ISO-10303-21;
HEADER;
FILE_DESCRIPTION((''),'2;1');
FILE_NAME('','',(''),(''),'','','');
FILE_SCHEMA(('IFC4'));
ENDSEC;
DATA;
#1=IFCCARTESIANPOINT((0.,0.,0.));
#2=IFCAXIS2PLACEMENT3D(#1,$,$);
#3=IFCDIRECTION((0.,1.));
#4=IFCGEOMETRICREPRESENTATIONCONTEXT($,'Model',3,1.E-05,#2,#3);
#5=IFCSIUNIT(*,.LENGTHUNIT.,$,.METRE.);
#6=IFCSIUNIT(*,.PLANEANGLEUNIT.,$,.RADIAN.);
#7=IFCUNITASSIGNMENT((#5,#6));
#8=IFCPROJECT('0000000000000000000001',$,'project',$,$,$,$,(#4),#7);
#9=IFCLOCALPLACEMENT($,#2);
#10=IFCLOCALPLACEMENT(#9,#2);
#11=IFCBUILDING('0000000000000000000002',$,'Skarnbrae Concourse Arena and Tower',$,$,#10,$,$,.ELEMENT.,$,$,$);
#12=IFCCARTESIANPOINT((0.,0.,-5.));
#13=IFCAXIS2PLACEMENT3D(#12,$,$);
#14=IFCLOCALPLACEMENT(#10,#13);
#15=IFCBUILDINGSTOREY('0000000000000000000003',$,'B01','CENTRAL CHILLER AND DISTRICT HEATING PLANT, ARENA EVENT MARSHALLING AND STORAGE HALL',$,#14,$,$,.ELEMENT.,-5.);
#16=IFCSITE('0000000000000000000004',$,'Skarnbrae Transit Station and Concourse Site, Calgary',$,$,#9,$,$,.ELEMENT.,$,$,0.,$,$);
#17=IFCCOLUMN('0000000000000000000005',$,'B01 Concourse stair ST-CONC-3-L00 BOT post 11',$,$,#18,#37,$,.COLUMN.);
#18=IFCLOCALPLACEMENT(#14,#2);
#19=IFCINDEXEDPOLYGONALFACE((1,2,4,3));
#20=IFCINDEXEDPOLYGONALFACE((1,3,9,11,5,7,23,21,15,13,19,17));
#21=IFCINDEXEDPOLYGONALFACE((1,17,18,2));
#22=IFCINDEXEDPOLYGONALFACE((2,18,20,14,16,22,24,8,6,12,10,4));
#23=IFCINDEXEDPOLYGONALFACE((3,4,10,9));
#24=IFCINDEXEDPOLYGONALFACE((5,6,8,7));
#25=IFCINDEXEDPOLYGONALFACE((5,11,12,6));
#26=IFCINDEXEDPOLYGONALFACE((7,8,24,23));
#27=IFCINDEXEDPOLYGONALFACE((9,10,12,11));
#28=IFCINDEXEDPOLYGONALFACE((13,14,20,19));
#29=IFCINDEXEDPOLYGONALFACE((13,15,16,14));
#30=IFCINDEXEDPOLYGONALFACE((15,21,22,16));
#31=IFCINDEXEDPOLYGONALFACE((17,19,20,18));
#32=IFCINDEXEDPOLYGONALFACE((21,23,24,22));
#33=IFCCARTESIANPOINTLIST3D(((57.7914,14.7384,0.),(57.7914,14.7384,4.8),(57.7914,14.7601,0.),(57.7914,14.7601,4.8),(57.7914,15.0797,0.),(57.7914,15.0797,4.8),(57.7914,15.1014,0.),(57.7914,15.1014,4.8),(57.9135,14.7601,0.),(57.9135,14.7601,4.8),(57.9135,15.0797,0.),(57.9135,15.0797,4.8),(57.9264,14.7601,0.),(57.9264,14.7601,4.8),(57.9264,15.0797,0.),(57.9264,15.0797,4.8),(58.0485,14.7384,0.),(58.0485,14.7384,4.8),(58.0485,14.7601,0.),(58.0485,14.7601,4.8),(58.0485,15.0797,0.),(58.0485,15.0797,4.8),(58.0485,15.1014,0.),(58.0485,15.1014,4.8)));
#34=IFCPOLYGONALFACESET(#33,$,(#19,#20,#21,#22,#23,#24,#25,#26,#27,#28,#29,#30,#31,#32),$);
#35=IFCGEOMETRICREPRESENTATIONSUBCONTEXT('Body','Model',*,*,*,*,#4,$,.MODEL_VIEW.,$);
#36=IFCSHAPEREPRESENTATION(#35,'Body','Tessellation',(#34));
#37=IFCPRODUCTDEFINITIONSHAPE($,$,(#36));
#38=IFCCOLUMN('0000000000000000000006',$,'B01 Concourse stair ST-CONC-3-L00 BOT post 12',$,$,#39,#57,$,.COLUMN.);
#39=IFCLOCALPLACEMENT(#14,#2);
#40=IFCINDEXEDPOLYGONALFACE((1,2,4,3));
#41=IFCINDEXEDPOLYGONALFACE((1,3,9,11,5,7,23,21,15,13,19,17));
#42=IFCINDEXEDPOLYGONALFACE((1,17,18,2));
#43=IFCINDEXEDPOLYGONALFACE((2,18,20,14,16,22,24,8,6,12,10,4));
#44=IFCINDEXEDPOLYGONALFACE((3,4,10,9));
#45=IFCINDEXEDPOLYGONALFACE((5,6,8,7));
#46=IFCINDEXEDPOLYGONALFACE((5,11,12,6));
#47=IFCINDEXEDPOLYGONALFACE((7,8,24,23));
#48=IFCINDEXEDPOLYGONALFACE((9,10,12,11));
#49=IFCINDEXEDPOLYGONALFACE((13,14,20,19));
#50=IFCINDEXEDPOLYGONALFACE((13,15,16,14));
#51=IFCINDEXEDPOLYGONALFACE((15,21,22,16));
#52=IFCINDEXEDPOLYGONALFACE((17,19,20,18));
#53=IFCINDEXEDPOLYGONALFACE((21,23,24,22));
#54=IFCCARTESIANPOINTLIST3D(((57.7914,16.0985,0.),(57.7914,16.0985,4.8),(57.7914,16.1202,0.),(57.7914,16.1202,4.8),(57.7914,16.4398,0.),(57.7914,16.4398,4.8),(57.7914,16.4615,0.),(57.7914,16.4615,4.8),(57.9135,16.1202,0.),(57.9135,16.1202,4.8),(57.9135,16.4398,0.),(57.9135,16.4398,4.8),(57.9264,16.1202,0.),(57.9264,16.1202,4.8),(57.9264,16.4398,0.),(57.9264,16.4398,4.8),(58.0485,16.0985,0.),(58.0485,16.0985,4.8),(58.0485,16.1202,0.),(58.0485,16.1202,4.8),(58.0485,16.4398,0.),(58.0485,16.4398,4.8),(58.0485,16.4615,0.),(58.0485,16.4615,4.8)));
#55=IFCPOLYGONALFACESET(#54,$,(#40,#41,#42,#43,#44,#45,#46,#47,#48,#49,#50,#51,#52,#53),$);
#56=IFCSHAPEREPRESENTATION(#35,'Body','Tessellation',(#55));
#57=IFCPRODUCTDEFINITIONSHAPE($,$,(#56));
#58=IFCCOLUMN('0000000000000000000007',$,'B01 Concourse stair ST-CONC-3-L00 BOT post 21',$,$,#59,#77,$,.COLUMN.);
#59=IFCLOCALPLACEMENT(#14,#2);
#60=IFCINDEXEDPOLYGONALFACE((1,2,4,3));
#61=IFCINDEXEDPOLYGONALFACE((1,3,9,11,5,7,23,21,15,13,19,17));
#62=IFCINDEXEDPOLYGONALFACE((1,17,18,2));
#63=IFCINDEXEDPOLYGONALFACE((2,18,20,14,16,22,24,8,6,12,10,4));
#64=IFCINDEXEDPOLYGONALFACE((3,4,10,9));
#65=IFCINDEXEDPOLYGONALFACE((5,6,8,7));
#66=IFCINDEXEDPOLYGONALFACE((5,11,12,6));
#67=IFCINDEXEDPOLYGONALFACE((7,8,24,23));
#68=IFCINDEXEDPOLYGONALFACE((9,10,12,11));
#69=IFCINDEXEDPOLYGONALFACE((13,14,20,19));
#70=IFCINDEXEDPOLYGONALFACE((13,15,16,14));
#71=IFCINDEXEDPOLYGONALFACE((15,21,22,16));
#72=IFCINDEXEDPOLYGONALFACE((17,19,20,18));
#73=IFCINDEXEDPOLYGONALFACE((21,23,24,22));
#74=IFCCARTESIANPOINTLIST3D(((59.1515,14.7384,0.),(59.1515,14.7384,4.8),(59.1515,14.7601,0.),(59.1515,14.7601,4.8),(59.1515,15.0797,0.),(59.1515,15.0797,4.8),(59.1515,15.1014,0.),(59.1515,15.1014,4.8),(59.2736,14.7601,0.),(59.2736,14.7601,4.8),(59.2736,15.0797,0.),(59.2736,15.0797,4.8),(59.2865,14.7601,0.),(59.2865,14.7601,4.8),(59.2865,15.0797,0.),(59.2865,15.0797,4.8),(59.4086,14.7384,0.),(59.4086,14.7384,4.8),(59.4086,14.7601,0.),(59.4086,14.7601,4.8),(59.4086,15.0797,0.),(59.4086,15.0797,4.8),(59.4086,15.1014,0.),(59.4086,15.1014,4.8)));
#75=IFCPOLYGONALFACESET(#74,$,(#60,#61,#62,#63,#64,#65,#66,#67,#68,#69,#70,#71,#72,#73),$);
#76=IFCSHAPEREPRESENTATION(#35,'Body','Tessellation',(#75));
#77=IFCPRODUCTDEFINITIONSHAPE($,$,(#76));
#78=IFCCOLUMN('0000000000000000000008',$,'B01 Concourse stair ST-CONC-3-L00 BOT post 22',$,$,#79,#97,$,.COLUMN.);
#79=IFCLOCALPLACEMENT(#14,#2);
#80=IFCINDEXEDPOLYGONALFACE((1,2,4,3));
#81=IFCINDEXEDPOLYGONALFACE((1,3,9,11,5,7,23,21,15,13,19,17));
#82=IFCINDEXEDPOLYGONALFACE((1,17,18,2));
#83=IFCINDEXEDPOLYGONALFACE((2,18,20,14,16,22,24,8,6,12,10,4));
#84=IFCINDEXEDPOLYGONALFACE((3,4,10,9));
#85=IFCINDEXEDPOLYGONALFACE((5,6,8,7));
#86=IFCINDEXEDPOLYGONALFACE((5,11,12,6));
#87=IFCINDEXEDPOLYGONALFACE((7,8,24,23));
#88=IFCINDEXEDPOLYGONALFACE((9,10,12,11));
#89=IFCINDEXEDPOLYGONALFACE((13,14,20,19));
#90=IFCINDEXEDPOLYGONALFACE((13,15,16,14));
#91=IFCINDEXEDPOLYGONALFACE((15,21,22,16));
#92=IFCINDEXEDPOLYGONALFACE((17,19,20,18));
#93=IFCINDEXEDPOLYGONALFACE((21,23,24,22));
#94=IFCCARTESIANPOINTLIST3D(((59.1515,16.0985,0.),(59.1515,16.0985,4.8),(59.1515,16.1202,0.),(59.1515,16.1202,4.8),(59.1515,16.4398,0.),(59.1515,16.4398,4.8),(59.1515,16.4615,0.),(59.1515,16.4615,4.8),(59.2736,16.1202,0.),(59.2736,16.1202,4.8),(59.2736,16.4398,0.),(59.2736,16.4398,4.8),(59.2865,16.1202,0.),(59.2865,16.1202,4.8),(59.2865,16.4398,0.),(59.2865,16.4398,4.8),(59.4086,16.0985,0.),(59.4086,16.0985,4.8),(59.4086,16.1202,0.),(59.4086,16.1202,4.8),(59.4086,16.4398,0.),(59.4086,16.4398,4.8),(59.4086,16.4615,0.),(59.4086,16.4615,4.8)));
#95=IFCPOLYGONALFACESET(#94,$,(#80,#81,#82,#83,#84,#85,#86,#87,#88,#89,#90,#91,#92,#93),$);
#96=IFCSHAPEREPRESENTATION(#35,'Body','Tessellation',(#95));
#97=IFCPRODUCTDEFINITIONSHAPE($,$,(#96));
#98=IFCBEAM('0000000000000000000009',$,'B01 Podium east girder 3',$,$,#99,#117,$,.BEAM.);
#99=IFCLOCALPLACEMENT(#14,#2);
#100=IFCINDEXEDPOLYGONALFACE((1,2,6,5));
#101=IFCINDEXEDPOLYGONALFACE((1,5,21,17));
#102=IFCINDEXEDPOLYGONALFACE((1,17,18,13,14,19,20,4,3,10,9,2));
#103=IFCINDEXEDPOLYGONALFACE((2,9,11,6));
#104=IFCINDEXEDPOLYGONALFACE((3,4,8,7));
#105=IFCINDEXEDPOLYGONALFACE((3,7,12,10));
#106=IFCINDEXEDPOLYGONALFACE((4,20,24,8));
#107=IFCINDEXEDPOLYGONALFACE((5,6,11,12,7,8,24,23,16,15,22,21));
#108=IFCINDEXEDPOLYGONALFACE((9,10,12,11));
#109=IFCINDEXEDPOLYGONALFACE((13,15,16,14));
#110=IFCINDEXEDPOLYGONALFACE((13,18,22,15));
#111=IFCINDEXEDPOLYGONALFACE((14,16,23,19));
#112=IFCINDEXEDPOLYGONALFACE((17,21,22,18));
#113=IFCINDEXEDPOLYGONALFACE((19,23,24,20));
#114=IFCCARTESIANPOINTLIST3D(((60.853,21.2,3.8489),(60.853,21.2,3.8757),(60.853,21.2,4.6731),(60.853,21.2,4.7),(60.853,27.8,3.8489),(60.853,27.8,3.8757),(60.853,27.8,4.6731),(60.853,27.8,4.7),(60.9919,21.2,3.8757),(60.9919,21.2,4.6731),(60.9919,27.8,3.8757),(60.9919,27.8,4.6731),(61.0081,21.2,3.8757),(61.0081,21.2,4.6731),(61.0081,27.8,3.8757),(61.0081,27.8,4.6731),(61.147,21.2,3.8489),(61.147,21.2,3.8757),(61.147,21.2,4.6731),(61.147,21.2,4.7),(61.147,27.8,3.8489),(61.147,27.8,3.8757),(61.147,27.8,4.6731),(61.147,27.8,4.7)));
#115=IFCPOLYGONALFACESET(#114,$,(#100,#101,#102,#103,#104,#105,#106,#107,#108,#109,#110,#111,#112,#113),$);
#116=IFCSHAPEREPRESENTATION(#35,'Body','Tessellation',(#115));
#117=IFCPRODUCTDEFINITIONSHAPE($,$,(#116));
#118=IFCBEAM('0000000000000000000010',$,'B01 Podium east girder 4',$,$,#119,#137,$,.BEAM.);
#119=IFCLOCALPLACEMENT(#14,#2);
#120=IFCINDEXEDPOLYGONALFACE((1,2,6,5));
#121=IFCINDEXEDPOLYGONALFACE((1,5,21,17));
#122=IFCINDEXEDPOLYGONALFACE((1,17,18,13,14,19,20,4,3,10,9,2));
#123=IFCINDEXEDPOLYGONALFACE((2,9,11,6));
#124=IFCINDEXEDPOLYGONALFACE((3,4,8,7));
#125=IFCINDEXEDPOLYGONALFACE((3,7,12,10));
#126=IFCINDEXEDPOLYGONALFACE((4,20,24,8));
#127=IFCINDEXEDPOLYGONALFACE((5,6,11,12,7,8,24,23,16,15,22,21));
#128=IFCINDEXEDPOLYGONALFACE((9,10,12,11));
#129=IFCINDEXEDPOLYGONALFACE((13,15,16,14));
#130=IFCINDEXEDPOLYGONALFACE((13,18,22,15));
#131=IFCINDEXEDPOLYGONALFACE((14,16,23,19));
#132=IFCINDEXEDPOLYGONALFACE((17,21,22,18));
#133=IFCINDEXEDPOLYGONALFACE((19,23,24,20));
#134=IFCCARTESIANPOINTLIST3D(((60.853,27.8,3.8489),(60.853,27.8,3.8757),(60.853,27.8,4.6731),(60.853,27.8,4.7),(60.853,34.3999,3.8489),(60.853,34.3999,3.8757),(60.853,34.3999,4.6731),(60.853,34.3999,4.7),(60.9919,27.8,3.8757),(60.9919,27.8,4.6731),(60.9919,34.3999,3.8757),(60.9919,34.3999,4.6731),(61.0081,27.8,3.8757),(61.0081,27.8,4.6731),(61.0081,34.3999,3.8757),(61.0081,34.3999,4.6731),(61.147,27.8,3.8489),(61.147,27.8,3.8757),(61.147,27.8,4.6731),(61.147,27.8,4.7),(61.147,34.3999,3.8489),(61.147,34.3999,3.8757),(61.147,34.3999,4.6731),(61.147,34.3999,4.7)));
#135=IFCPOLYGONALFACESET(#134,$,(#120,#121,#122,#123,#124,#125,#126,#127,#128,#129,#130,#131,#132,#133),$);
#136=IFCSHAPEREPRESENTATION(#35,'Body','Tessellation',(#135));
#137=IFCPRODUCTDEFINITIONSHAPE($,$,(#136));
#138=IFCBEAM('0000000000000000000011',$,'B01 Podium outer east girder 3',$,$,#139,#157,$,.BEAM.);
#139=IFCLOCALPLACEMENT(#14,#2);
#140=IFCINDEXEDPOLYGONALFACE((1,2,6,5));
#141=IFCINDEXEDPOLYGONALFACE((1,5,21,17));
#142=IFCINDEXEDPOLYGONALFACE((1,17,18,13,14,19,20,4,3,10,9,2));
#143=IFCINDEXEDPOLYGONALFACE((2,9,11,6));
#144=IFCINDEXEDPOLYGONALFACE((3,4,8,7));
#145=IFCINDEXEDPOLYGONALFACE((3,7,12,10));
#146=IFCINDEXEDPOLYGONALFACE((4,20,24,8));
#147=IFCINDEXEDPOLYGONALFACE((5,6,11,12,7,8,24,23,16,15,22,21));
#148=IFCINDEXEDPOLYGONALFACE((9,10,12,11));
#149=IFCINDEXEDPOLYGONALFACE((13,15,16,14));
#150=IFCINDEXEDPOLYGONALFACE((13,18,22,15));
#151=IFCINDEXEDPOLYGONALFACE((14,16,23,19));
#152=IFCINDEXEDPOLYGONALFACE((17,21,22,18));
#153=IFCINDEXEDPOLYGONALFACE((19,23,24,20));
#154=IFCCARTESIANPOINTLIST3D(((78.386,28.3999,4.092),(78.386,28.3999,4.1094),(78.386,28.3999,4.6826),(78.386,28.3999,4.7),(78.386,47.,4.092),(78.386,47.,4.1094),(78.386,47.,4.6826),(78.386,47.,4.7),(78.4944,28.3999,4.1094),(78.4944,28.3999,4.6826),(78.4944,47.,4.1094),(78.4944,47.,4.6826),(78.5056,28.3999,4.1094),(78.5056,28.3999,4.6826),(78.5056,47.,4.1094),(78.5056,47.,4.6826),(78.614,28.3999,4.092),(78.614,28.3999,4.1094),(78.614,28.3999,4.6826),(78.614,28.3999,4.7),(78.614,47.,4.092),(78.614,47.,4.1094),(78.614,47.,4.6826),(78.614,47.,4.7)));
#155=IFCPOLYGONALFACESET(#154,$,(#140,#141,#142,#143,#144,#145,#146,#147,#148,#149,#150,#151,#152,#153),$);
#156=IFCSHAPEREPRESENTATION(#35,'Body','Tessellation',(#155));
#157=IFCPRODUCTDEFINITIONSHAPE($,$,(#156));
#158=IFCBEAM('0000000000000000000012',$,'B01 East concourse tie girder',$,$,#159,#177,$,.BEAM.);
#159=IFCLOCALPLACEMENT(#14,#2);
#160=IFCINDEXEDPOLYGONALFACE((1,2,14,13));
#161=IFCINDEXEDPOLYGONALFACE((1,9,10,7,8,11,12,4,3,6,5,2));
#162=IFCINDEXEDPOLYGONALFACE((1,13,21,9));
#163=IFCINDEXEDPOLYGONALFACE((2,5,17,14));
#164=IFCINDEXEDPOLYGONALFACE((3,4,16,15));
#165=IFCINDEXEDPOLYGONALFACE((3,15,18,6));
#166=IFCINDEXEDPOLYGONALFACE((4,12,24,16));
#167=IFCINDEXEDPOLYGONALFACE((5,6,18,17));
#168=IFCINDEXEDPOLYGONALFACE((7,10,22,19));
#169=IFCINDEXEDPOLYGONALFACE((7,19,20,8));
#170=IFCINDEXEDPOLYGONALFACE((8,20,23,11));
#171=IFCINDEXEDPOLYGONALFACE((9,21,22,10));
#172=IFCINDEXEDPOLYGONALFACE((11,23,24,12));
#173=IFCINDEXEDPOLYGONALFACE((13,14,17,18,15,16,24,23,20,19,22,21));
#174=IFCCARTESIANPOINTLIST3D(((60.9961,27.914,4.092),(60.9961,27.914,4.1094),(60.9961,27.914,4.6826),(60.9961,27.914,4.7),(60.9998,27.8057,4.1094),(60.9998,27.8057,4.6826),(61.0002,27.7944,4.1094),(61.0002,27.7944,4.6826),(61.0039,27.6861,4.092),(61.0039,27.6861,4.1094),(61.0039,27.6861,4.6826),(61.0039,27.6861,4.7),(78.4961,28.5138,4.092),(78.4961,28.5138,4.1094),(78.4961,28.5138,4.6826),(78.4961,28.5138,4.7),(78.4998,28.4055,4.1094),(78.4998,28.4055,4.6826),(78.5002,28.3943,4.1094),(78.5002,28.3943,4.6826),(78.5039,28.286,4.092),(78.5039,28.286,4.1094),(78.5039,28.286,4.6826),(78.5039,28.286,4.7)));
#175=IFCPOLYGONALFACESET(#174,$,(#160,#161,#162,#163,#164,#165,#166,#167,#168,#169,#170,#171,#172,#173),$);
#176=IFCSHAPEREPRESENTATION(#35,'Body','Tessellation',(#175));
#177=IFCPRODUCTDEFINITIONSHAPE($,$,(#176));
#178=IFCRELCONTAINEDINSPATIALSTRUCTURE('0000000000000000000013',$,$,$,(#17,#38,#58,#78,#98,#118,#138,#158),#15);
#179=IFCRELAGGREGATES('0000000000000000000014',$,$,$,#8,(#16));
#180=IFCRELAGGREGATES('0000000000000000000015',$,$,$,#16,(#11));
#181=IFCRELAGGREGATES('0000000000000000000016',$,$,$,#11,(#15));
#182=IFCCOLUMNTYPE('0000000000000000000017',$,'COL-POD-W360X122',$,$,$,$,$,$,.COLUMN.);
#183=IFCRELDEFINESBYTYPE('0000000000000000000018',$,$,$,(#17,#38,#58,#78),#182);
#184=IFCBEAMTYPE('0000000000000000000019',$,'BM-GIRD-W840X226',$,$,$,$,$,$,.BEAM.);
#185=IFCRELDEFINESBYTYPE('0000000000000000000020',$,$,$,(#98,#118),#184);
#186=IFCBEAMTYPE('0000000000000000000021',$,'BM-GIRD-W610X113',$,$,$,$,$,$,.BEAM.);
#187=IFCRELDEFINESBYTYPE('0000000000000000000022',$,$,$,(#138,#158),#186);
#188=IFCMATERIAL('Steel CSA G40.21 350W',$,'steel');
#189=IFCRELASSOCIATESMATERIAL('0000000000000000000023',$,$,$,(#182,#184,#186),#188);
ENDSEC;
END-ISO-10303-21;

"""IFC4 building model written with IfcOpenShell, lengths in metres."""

from ifc_helpers import new_model, si_unit, direction, frame, origin, origin_2d, place, context, subcontext, project, spatial, i_section, extrude, source, transform, mapped, material, material_profile, profile_set, type_object, element, save


model = new_model("IFC4")

# Units and contexts
model_context = context("Model", 3, precision=1e-05, world=origin(), true_north=direction((0.0, 1.0)))
body_context = subcontext(model_context, "Body", "Model", "MODEL_VIEW")
ifc_project = project(units=[si_unit("LENGTHUNIT", "METRE"), si_unit("PLANEANGLEUNIT", "RADIAN")], contexts=[model_context])

# Site, building, storey
site_placement = place(None, origin())
site = spatial("IfcSite", under=ifc_project, at=site_placement, Name="Skarnbrae Transit Station and Concourse Site, Calgary", CompositionType="ELEMENT", RefElevation=0.0)
building_placement = place(site_placement, origin())
building = spatial("IfcBuilding", under=site, at=building_placement, Name="Skarnbrae Concourse Arena and Tower", CompositionType="ELEMENT")
storey_placement = place(building_placement, frame((0.0, 0.0, -5.0)))
storey = spatial("IfcBuildingStorey", under=building, at=storey_placement, Name="B01", Description="CENTRAL CHILLER AND DISTRICT HEATING PLANT, ARENA EVENT MARSHALLING AND STORAGE HALL", CompositionType="ELEMENT", Elevation=-5.0)

# Columns
ifc_material_1 = material(Name="Steel CSA G40.21 350W", Category="steel")
ifc_material_profile_1 = material_profile(ifc_material_1, i_section(OverallWidth=0.2571, OverallDepth=0.363, WebThickness=0.0129, FlangeThickness=0.0217, at=origin_2d()), Name="W360X122")
ifc_profile_set_1 = profile_set([ifc_material_profile_1], Name="Steel CSA G40.21 350W")
column_type_1 = type_object("IfcColumnType", Name="COL-POD-W360X122", PredefinedType="COLUMN", material=ifc_profile_set_1)
shared_shape_1 = source(origin(), body_context, "Body", "SweptSolid", [
    extrude(i_section(OverallWidth=0.2571, OverallDepth=0.363, WebThickness=0.0129, FlangeThickness=0.0217, at=origin_2d()), origin(), (0.0, 0.0, 1.0), 4.8),
])
for number, where, z_axis, x_axis, name in (
    (1, (57.9199, 14.9199, 0.0), (0.0, 0.0, 1.0), (1.0, 0.0, 0.0), "B01 Concourse stair ST-CONC-3-L00 BOT post 11"),
    (2, (57.9199, 16.28, 0.0), (0.0, 0.0, 1.0), (1.0, 0.0, 0.0), "B01 Concourse stair ST-CONC-3-L00 BOT post 12"),
    (3, (59.28, 14.9199, 0.0), (0.0, 0.0, 1.0), (1.0, 0.0, 0.0), "B01 Concourse stair ST-CONC-3-L00 BOT post 21"),
    (4, (59.28, 16.28, 0.0), (0.0, 0.0, 1.0), (1.0, 0.0, 0.0), "B01 Concourse stair ST-CONC-3-L00 BOT post 22"),
):
    element("IfcColumn", number, at=place(storey_placement, frame(where, z_axis=z_axis, x_axis=x_axis)), inside=storey, type_object=column_type_1, Name=name, PredefinedType="COLUMN", context=body_context, shape_type="MappedRepresentation", body=[
        mapped(shared_shape_1, transform((0.0, 0.0, 0.0))),
    ])

# Beams
ifc_material_profile_2 = material_profile(ifc_material_1, i_section(OverallWidth=0.2939, OverallDepth=0.8511, WebThickness=0.0161, FlangeThickness=0.0269, at=origin_2d()), Name="W840X226")
ifc_profile_set_2 = profile_set([ifc_material_profile_2], Name="Steel CSA G40.21 350W")
beam_type_1 = type_object("IfcBeamType", Name="BM-GIRD-W840X226", PredefinedType="BEAM", material=ifc_profile_set_2)
shared_shape_2 = source(origin(), body_context, "Body", "SweptSolid", [
    extrude(i_section(OverallWidth=0.2939, OverallDepth=0.8511, WebThickness=0.0161, FlangeThickness=0.0269, at=origin_2d()), origin(), (0.0, 0.0, 1.0), 6.6001),
])
beam_1_placement = place(storey_placement, frame((61.0, 21.2, 4.2744), z_axis=(0.0, 1.0, 0.0), x_axis=(-1.0, 0.0, 0.0)))
element("IfcBeam", 5, at=beam_1_placement, inside=storey, type_object=beam_type_1, Name="B01 Podium east girder 3", PredefinedType="BEAM", context=body_context, shape_type="MappedRepresentation", body=[
    mapped(shared_shape_2, transform((0.0, 0.0, 0.0))),
])
shared_shape_3 = source(origin(), body_context, "Body", "SweptSolid", [
    extrude(i_section(OverallWidth=0.2939, OverallDepth=0.8511, WebThickness=0.0161, FlangeThickness=0.0269, at=origin_2d()), origin(), (0.0, 0.0, 1.0), 6.5999),
])
beam_2_placement = place(storey_placement, frame((61.0, 27.8, 4.2744), z_axis=(0.0, 1.0, 0.0), x_axis=(-1.0, 0.0, 0.0)))
element("IfcBeam", 6, at=beam_2_placement, inside=storey, type_object=beam_type_1, Name="B01 Podium east girder 4", PredefinedType="BEAM", context=body_context, shape_type="MappedRepresentation", body=[
    mapped(shared_shape_3, transform((0.0, 0.0, 0.0))),
])
ifc_material_profile_3 = material_profile(ifc_material_1, i_section(OverallWidth=0.228, OverallDepth=0.6079, WebThickness=0.0112, FlangeThickness=0.0173, at=origin_2d()), Name="W610X113")
ifc_profile_set_3 = profile_set([ifc_material_profile_3], Name="Steel CSA G40.21 350W")
beam_type_2 = type_object("IfcBeamType", Name="BM-GIRD-W610X113", PredefinedType="BEAM", material=ifc_profile_set_3)
shared_shape_4 = source(origin(), body_context, "Body", "SweptSolid", [
    extrude(i_section(OverallWidth=0.228, OverallDepth=0.6079, WebThickness=0.0112, FlangeThickness=0.0173, at=origin_2d()), origin(), (0.0, 0.0, 1.0), 18.6001),
])
beam_3_placement = place(storey_placement, frame((78.5, 28.3999, 4.396), z_axis=(0.0, 1.0, 0.0), x_axis=(-1.0, 0.0, 0.0)))
element("IfcBeam", 7, at=beam_3_placement, inside=storey, type_object=beam_type_2, Name="B01 Podium outer east girder 3", PredefinedType="BEAM", context=body_context, shape_type="MappedRepresentation", body=[
    mapped(shared_shape_4, transform((0.0, 0.0, 0.0))),
])
shared_shape_5 = source(origin(), body_context, "Body", "SweptSolid", [
    extrude(i_section(OverallWidth=0.228, OverallDepth=0.6079, WebThickness=0.0112, FlangeThickness=0.0173, at=origin_2d()), origin(), (0.0, 0.0, 1.0), 17.5103),
])
beam_4_placement = place(storey_placement, frame((61.0, 27.8, 4.396), z_axis=(0.999413, 0.034257, 0.0), x_axis=(-0.034257, 0.999413, 0.0)))
element("IfcBeam", 8, at=beam_4_placement, inside=storey, type_object=beam_type_2, Name="B01 East concourse tie girder", PredefinedType="BEAM", context=body_context, shape_type="MappedRepresentation", body=[
    mapped(shared_shape_5, transform((0.0, 0.0, 0.0))),
])

save(model, "model.ifc")
